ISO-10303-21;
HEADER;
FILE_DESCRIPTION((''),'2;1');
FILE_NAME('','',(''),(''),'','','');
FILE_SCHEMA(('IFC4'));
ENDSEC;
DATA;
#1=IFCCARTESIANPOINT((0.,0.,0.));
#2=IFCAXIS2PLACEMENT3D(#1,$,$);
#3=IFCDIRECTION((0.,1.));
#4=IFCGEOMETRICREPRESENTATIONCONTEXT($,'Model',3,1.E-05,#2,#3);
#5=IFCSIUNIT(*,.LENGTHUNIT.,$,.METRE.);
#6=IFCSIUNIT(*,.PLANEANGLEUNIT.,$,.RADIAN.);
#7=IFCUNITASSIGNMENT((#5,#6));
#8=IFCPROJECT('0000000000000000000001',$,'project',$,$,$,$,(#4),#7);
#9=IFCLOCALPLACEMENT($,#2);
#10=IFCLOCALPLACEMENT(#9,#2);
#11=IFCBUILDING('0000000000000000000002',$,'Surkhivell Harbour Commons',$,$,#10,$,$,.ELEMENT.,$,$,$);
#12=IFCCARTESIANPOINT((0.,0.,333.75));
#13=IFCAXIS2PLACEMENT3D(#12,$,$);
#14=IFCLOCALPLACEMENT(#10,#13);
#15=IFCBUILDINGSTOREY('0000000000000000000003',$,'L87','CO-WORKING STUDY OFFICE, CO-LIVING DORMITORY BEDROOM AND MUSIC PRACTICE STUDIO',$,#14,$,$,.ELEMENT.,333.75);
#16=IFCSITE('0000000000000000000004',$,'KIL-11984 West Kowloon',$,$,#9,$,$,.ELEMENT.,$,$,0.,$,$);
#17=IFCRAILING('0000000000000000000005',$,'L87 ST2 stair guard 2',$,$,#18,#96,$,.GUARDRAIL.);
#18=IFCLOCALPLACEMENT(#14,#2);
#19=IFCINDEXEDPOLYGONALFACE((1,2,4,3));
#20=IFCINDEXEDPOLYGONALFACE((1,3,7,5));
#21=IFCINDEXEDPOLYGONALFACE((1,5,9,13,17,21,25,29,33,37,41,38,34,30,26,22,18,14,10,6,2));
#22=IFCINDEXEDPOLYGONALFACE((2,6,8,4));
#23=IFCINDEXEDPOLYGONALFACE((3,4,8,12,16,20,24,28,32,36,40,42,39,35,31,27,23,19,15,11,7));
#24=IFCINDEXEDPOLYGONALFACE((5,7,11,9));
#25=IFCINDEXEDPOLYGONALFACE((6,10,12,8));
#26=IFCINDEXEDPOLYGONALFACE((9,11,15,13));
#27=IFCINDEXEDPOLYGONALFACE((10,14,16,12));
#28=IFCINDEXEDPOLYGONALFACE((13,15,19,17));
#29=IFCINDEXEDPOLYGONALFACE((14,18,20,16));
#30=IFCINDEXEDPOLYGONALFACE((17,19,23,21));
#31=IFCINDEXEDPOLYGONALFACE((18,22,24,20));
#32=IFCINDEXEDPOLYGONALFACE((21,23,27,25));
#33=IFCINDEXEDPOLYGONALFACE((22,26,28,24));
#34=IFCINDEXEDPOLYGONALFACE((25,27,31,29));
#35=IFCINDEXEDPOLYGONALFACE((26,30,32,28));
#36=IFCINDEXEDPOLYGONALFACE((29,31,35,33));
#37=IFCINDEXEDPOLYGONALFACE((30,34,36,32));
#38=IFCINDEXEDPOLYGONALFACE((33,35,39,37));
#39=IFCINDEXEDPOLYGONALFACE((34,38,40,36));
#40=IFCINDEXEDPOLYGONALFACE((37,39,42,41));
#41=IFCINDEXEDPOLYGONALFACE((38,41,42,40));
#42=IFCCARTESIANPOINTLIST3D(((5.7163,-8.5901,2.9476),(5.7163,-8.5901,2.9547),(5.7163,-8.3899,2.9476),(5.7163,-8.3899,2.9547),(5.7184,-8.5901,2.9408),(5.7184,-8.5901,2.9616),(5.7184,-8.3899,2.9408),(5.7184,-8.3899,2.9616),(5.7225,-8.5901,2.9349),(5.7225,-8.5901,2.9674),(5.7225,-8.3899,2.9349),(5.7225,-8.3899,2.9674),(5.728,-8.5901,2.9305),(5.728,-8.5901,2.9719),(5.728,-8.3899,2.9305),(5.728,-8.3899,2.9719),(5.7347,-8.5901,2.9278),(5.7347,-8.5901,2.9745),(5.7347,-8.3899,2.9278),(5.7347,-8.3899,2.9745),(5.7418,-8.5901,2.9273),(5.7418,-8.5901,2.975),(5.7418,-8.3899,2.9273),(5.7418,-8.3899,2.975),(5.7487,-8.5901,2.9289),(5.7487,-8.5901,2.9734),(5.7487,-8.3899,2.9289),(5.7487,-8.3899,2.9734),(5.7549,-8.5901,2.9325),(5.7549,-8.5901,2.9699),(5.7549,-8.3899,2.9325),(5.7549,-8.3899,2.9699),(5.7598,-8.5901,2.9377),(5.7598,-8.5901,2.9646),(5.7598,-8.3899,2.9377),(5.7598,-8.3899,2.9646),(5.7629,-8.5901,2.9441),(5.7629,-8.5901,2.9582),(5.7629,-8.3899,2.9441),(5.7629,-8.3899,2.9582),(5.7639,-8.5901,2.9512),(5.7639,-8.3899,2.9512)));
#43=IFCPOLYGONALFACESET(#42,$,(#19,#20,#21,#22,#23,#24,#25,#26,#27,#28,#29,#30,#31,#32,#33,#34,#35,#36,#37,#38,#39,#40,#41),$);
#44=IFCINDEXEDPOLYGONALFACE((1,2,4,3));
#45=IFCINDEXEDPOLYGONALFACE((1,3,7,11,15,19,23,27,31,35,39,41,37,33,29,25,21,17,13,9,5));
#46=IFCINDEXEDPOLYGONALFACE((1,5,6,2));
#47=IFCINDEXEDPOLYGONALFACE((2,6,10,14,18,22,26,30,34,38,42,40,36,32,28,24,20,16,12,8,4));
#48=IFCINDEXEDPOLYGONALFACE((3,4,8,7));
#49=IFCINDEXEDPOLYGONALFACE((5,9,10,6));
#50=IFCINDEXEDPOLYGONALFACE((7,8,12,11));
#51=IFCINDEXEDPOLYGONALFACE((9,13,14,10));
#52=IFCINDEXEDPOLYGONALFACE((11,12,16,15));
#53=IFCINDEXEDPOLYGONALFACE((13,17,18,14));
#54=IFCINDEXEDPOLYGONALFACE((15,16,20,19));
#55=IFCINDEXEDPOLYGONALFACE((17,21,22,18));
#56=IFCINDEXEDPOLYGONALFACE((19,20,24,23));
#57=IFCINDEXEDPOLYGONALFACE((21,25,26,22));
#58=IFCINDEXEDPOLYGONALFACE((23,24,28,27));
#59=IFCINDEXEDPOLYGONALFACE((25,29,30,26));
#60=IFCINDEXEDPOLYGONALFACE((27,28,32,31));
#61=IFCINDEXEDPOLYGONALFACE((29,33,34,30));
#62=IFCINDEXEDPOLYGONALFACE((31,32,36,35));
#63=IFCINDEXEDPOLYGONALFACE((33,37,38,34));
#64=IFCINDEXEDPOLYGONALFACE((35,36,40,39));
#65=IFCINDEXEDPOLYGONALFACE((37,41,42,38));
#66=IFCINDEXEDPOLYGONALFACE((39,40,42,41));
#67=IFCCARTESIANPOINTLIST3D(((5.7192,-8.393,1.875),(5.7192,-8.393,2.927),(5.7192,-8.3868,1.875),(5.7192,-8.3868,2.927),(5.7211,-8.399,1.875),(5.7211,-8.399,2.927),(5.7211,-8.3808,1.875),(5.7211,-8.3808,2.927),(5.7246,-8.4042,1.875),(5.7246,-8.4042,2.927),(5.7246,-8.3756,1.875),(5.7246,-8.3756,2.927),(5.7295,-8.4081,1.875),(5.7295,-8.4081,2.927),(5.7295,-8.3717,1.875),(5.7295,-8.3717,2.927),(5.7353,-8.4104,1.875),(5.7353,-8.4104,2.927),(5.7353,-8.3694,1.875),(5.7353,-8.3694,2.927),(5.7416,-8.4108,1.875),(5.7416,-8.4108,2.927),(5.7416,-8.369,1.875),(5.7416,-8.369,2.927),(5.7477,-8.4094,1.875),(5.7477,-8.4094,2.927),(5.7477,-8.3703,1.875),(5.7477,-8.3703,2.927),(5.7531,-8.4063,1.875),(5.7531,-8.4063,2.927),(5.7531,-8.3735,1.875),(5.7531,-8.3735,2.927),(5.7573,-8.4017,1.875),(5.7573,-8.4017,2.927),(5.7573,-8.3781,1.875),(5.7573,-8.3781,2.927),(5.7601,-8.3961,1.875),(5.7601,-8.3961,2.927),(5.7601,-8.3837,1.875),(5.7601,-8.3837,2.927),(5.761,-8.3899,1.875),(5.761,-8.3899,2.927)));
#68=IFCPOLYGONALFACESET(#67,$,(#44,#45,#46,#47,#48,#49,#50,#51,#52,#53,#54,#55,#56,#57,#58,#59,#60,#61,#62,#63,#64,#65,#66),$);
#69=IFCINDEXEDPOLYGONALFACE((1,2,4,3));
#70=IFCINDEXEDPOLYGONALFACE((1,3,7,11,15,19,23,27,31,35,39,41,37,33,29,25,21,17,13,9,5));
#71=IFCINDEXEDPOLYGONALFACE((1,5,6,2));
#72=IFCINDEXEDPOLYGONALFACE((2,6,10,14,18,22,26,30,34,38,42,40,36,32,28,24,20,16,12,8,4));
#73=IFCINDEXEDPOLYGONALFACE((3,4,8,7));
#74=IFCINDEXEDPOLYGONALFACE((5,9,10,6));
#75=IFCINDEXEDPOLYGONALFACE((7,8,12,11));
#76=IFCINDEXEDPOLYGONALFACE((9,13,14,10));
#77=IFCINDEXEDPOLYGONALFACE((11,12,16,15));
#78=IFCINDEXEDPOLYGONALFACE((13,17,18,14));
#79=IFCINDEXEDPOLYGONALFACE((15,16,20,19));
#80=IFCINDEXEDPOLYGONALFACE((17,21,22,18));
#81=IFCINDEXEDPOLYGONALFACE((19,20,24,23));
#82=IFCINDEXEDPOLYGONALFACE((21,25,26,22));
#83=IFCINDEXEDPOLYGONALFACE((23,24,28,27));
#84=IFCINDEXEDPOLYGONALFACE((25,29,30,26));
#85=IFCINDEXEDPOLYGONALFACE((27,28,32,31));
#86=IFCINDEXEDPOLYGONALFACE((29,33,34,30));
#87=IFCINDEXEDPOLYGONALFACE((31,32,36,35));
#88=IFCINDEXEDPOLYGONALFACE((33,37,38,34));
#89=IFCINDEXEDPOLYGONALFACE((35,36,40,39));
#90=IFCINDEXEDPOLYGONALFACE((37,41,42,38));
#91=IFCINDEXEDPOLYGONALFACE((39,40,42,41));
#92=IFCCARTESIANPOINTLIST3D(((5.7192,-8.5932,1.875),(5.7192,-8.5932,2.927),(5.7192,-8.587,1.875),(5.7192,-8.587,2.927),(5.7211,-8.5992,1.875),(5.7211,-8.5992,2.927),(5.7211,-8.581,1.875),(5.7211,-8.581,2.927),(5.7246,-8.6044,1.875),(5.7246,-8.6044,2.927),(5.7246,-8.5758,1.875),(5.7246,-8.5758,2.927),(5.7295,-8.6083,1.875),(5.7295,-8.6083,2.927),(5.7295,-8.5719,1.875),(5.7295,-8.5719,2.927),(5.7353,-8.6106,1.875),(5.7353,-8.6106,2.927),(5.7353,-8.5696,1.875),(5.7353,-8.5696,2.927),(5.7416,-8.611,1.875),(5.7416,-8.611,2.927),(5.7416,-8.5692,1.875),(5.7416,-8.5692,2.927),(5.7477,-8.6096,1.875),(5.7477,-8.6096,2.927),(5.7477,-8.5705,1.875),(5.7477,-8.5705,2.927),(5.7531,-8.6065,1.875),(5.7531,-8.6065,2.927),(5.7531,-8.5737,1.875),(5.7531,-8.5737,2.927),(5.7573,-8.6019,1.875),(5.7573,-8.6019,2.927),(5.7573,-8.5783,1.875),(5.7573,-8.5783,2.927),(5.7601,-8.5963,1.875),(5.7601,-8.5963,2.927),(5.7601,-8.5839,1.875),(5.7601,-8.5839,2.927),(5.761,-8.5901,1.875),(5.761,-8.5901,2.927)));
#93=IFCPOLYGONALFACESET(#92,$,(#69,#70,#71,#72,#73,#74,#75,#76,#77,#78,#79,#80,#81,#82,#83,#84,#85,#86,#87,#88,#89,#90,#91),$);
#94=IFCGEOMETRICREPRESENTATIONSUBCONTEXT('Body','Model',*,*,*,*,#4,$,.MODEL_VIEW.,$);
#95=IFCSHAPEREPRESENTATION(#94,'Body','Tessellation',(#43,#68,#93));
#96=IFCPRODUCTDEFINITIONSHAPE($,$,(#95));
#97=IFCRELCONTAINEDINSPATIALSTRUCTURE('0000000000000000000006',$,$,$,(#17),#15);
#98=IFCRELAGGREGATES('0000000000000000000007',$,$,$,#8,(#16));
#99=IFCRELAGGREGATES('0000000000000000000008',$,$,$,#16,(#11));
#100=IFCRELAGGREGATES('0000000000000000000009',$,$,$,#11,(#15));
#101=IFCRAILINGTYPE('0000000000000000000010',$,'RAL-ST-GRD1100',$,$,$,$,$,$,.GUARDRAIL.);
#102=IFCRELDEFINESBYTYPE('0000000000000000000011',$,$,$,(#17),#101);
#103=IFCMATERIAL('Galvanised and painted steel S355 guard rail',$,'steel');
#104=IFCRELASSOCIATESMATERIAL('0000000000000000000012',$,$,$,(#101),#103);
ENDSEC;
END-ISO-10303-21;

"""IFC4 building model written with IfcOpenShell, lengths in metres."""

from ifc_helpers import new_model, si_unit, direction, frame, origin, origin_2d, place, context, subcontext, project, spatial, circle, extrude, material, type_object, element, save


model = new_model("IFC4")

# Units and contexts
model_context = context("Model", 3, precision=1e-05, world=origin(), true_north=direction((0.0, 1.0)))
body_context = subcontext(model_context, "Body", "Model", "MODEL_VIEW")
ifc_project = project(units=[si_unit("LENGTHUNIT", "METRE"), si_unit("PLANEANGLEUNIT", "RADIAN")], contexts=[model_context])

# Site, building, storey
site_placement = place(None, origin())
site = spatial("IfcSite", under=ifc_project, at=site_placement, Name="KIL-11984 West Kowloon", CompositionType="ELEMENT", RefElevation=0.0)
building_placement = place(site_placement, origin())
building = spatial("IfcBuilding", under=site, at=building_placement, Name="Surkhivell Harbour Commons", CompositionType="ELEMENT")
storey_placement = place(building_placement, frame((0.0, 0.0, 333.75)))
storey = spatial("IfcBuildingStorey", under=building, at=storey_placement, Name="L87", Description="CO-WORKING STUDY OFFICE, CO-LIVING DORMITORY BEDROOM AND MUSIC PRACTICE STUDIO", CompositionType="ELEMENT", Elevation=333.75)

# Railing
ifc_material_1 = material(Name="Galvanised and painted steel S355 guard rail", Category="steel")
railing_type_1 = type_object("IfcRailingType", Name="RAL-ST-GRD1100", PredefinedType="GUARDRAIL", material=ifc_material_1)
railing_1_placement = place(storey_placement, frame((5.74, -8.3899, 1.875)))
element("IfcRailing", 1, at=railing_1_placement, inside=storey, type_object=railing_type_1, Name="L87 ST2 stair guard 2", PredefinedType="GUARDRAIL", context=body_context, shape_type="SweptSolid", body=[
    extrude(circle(Radius=0.0239, at=origin_2d()), frame((0.0, 0.0, 1.0762), z_axis=(0.0, -1.0, 0.0), x_axis=(1.0, 0.0, 0.0)), (0.0, 0.0, 1.0), 0.2002),
    extrude(circle(Radius=0.021, at=origin_2d()), origin(), (0.0, 0.0, 1.0), 1.052),
    extrude(circle(Radius=0.021, at=origin_2d()), frame((0.0, -0.2002, 0.0)), (0.0, 0.0, 1.0), 1.052),
])

save(model, "model.ifc")
